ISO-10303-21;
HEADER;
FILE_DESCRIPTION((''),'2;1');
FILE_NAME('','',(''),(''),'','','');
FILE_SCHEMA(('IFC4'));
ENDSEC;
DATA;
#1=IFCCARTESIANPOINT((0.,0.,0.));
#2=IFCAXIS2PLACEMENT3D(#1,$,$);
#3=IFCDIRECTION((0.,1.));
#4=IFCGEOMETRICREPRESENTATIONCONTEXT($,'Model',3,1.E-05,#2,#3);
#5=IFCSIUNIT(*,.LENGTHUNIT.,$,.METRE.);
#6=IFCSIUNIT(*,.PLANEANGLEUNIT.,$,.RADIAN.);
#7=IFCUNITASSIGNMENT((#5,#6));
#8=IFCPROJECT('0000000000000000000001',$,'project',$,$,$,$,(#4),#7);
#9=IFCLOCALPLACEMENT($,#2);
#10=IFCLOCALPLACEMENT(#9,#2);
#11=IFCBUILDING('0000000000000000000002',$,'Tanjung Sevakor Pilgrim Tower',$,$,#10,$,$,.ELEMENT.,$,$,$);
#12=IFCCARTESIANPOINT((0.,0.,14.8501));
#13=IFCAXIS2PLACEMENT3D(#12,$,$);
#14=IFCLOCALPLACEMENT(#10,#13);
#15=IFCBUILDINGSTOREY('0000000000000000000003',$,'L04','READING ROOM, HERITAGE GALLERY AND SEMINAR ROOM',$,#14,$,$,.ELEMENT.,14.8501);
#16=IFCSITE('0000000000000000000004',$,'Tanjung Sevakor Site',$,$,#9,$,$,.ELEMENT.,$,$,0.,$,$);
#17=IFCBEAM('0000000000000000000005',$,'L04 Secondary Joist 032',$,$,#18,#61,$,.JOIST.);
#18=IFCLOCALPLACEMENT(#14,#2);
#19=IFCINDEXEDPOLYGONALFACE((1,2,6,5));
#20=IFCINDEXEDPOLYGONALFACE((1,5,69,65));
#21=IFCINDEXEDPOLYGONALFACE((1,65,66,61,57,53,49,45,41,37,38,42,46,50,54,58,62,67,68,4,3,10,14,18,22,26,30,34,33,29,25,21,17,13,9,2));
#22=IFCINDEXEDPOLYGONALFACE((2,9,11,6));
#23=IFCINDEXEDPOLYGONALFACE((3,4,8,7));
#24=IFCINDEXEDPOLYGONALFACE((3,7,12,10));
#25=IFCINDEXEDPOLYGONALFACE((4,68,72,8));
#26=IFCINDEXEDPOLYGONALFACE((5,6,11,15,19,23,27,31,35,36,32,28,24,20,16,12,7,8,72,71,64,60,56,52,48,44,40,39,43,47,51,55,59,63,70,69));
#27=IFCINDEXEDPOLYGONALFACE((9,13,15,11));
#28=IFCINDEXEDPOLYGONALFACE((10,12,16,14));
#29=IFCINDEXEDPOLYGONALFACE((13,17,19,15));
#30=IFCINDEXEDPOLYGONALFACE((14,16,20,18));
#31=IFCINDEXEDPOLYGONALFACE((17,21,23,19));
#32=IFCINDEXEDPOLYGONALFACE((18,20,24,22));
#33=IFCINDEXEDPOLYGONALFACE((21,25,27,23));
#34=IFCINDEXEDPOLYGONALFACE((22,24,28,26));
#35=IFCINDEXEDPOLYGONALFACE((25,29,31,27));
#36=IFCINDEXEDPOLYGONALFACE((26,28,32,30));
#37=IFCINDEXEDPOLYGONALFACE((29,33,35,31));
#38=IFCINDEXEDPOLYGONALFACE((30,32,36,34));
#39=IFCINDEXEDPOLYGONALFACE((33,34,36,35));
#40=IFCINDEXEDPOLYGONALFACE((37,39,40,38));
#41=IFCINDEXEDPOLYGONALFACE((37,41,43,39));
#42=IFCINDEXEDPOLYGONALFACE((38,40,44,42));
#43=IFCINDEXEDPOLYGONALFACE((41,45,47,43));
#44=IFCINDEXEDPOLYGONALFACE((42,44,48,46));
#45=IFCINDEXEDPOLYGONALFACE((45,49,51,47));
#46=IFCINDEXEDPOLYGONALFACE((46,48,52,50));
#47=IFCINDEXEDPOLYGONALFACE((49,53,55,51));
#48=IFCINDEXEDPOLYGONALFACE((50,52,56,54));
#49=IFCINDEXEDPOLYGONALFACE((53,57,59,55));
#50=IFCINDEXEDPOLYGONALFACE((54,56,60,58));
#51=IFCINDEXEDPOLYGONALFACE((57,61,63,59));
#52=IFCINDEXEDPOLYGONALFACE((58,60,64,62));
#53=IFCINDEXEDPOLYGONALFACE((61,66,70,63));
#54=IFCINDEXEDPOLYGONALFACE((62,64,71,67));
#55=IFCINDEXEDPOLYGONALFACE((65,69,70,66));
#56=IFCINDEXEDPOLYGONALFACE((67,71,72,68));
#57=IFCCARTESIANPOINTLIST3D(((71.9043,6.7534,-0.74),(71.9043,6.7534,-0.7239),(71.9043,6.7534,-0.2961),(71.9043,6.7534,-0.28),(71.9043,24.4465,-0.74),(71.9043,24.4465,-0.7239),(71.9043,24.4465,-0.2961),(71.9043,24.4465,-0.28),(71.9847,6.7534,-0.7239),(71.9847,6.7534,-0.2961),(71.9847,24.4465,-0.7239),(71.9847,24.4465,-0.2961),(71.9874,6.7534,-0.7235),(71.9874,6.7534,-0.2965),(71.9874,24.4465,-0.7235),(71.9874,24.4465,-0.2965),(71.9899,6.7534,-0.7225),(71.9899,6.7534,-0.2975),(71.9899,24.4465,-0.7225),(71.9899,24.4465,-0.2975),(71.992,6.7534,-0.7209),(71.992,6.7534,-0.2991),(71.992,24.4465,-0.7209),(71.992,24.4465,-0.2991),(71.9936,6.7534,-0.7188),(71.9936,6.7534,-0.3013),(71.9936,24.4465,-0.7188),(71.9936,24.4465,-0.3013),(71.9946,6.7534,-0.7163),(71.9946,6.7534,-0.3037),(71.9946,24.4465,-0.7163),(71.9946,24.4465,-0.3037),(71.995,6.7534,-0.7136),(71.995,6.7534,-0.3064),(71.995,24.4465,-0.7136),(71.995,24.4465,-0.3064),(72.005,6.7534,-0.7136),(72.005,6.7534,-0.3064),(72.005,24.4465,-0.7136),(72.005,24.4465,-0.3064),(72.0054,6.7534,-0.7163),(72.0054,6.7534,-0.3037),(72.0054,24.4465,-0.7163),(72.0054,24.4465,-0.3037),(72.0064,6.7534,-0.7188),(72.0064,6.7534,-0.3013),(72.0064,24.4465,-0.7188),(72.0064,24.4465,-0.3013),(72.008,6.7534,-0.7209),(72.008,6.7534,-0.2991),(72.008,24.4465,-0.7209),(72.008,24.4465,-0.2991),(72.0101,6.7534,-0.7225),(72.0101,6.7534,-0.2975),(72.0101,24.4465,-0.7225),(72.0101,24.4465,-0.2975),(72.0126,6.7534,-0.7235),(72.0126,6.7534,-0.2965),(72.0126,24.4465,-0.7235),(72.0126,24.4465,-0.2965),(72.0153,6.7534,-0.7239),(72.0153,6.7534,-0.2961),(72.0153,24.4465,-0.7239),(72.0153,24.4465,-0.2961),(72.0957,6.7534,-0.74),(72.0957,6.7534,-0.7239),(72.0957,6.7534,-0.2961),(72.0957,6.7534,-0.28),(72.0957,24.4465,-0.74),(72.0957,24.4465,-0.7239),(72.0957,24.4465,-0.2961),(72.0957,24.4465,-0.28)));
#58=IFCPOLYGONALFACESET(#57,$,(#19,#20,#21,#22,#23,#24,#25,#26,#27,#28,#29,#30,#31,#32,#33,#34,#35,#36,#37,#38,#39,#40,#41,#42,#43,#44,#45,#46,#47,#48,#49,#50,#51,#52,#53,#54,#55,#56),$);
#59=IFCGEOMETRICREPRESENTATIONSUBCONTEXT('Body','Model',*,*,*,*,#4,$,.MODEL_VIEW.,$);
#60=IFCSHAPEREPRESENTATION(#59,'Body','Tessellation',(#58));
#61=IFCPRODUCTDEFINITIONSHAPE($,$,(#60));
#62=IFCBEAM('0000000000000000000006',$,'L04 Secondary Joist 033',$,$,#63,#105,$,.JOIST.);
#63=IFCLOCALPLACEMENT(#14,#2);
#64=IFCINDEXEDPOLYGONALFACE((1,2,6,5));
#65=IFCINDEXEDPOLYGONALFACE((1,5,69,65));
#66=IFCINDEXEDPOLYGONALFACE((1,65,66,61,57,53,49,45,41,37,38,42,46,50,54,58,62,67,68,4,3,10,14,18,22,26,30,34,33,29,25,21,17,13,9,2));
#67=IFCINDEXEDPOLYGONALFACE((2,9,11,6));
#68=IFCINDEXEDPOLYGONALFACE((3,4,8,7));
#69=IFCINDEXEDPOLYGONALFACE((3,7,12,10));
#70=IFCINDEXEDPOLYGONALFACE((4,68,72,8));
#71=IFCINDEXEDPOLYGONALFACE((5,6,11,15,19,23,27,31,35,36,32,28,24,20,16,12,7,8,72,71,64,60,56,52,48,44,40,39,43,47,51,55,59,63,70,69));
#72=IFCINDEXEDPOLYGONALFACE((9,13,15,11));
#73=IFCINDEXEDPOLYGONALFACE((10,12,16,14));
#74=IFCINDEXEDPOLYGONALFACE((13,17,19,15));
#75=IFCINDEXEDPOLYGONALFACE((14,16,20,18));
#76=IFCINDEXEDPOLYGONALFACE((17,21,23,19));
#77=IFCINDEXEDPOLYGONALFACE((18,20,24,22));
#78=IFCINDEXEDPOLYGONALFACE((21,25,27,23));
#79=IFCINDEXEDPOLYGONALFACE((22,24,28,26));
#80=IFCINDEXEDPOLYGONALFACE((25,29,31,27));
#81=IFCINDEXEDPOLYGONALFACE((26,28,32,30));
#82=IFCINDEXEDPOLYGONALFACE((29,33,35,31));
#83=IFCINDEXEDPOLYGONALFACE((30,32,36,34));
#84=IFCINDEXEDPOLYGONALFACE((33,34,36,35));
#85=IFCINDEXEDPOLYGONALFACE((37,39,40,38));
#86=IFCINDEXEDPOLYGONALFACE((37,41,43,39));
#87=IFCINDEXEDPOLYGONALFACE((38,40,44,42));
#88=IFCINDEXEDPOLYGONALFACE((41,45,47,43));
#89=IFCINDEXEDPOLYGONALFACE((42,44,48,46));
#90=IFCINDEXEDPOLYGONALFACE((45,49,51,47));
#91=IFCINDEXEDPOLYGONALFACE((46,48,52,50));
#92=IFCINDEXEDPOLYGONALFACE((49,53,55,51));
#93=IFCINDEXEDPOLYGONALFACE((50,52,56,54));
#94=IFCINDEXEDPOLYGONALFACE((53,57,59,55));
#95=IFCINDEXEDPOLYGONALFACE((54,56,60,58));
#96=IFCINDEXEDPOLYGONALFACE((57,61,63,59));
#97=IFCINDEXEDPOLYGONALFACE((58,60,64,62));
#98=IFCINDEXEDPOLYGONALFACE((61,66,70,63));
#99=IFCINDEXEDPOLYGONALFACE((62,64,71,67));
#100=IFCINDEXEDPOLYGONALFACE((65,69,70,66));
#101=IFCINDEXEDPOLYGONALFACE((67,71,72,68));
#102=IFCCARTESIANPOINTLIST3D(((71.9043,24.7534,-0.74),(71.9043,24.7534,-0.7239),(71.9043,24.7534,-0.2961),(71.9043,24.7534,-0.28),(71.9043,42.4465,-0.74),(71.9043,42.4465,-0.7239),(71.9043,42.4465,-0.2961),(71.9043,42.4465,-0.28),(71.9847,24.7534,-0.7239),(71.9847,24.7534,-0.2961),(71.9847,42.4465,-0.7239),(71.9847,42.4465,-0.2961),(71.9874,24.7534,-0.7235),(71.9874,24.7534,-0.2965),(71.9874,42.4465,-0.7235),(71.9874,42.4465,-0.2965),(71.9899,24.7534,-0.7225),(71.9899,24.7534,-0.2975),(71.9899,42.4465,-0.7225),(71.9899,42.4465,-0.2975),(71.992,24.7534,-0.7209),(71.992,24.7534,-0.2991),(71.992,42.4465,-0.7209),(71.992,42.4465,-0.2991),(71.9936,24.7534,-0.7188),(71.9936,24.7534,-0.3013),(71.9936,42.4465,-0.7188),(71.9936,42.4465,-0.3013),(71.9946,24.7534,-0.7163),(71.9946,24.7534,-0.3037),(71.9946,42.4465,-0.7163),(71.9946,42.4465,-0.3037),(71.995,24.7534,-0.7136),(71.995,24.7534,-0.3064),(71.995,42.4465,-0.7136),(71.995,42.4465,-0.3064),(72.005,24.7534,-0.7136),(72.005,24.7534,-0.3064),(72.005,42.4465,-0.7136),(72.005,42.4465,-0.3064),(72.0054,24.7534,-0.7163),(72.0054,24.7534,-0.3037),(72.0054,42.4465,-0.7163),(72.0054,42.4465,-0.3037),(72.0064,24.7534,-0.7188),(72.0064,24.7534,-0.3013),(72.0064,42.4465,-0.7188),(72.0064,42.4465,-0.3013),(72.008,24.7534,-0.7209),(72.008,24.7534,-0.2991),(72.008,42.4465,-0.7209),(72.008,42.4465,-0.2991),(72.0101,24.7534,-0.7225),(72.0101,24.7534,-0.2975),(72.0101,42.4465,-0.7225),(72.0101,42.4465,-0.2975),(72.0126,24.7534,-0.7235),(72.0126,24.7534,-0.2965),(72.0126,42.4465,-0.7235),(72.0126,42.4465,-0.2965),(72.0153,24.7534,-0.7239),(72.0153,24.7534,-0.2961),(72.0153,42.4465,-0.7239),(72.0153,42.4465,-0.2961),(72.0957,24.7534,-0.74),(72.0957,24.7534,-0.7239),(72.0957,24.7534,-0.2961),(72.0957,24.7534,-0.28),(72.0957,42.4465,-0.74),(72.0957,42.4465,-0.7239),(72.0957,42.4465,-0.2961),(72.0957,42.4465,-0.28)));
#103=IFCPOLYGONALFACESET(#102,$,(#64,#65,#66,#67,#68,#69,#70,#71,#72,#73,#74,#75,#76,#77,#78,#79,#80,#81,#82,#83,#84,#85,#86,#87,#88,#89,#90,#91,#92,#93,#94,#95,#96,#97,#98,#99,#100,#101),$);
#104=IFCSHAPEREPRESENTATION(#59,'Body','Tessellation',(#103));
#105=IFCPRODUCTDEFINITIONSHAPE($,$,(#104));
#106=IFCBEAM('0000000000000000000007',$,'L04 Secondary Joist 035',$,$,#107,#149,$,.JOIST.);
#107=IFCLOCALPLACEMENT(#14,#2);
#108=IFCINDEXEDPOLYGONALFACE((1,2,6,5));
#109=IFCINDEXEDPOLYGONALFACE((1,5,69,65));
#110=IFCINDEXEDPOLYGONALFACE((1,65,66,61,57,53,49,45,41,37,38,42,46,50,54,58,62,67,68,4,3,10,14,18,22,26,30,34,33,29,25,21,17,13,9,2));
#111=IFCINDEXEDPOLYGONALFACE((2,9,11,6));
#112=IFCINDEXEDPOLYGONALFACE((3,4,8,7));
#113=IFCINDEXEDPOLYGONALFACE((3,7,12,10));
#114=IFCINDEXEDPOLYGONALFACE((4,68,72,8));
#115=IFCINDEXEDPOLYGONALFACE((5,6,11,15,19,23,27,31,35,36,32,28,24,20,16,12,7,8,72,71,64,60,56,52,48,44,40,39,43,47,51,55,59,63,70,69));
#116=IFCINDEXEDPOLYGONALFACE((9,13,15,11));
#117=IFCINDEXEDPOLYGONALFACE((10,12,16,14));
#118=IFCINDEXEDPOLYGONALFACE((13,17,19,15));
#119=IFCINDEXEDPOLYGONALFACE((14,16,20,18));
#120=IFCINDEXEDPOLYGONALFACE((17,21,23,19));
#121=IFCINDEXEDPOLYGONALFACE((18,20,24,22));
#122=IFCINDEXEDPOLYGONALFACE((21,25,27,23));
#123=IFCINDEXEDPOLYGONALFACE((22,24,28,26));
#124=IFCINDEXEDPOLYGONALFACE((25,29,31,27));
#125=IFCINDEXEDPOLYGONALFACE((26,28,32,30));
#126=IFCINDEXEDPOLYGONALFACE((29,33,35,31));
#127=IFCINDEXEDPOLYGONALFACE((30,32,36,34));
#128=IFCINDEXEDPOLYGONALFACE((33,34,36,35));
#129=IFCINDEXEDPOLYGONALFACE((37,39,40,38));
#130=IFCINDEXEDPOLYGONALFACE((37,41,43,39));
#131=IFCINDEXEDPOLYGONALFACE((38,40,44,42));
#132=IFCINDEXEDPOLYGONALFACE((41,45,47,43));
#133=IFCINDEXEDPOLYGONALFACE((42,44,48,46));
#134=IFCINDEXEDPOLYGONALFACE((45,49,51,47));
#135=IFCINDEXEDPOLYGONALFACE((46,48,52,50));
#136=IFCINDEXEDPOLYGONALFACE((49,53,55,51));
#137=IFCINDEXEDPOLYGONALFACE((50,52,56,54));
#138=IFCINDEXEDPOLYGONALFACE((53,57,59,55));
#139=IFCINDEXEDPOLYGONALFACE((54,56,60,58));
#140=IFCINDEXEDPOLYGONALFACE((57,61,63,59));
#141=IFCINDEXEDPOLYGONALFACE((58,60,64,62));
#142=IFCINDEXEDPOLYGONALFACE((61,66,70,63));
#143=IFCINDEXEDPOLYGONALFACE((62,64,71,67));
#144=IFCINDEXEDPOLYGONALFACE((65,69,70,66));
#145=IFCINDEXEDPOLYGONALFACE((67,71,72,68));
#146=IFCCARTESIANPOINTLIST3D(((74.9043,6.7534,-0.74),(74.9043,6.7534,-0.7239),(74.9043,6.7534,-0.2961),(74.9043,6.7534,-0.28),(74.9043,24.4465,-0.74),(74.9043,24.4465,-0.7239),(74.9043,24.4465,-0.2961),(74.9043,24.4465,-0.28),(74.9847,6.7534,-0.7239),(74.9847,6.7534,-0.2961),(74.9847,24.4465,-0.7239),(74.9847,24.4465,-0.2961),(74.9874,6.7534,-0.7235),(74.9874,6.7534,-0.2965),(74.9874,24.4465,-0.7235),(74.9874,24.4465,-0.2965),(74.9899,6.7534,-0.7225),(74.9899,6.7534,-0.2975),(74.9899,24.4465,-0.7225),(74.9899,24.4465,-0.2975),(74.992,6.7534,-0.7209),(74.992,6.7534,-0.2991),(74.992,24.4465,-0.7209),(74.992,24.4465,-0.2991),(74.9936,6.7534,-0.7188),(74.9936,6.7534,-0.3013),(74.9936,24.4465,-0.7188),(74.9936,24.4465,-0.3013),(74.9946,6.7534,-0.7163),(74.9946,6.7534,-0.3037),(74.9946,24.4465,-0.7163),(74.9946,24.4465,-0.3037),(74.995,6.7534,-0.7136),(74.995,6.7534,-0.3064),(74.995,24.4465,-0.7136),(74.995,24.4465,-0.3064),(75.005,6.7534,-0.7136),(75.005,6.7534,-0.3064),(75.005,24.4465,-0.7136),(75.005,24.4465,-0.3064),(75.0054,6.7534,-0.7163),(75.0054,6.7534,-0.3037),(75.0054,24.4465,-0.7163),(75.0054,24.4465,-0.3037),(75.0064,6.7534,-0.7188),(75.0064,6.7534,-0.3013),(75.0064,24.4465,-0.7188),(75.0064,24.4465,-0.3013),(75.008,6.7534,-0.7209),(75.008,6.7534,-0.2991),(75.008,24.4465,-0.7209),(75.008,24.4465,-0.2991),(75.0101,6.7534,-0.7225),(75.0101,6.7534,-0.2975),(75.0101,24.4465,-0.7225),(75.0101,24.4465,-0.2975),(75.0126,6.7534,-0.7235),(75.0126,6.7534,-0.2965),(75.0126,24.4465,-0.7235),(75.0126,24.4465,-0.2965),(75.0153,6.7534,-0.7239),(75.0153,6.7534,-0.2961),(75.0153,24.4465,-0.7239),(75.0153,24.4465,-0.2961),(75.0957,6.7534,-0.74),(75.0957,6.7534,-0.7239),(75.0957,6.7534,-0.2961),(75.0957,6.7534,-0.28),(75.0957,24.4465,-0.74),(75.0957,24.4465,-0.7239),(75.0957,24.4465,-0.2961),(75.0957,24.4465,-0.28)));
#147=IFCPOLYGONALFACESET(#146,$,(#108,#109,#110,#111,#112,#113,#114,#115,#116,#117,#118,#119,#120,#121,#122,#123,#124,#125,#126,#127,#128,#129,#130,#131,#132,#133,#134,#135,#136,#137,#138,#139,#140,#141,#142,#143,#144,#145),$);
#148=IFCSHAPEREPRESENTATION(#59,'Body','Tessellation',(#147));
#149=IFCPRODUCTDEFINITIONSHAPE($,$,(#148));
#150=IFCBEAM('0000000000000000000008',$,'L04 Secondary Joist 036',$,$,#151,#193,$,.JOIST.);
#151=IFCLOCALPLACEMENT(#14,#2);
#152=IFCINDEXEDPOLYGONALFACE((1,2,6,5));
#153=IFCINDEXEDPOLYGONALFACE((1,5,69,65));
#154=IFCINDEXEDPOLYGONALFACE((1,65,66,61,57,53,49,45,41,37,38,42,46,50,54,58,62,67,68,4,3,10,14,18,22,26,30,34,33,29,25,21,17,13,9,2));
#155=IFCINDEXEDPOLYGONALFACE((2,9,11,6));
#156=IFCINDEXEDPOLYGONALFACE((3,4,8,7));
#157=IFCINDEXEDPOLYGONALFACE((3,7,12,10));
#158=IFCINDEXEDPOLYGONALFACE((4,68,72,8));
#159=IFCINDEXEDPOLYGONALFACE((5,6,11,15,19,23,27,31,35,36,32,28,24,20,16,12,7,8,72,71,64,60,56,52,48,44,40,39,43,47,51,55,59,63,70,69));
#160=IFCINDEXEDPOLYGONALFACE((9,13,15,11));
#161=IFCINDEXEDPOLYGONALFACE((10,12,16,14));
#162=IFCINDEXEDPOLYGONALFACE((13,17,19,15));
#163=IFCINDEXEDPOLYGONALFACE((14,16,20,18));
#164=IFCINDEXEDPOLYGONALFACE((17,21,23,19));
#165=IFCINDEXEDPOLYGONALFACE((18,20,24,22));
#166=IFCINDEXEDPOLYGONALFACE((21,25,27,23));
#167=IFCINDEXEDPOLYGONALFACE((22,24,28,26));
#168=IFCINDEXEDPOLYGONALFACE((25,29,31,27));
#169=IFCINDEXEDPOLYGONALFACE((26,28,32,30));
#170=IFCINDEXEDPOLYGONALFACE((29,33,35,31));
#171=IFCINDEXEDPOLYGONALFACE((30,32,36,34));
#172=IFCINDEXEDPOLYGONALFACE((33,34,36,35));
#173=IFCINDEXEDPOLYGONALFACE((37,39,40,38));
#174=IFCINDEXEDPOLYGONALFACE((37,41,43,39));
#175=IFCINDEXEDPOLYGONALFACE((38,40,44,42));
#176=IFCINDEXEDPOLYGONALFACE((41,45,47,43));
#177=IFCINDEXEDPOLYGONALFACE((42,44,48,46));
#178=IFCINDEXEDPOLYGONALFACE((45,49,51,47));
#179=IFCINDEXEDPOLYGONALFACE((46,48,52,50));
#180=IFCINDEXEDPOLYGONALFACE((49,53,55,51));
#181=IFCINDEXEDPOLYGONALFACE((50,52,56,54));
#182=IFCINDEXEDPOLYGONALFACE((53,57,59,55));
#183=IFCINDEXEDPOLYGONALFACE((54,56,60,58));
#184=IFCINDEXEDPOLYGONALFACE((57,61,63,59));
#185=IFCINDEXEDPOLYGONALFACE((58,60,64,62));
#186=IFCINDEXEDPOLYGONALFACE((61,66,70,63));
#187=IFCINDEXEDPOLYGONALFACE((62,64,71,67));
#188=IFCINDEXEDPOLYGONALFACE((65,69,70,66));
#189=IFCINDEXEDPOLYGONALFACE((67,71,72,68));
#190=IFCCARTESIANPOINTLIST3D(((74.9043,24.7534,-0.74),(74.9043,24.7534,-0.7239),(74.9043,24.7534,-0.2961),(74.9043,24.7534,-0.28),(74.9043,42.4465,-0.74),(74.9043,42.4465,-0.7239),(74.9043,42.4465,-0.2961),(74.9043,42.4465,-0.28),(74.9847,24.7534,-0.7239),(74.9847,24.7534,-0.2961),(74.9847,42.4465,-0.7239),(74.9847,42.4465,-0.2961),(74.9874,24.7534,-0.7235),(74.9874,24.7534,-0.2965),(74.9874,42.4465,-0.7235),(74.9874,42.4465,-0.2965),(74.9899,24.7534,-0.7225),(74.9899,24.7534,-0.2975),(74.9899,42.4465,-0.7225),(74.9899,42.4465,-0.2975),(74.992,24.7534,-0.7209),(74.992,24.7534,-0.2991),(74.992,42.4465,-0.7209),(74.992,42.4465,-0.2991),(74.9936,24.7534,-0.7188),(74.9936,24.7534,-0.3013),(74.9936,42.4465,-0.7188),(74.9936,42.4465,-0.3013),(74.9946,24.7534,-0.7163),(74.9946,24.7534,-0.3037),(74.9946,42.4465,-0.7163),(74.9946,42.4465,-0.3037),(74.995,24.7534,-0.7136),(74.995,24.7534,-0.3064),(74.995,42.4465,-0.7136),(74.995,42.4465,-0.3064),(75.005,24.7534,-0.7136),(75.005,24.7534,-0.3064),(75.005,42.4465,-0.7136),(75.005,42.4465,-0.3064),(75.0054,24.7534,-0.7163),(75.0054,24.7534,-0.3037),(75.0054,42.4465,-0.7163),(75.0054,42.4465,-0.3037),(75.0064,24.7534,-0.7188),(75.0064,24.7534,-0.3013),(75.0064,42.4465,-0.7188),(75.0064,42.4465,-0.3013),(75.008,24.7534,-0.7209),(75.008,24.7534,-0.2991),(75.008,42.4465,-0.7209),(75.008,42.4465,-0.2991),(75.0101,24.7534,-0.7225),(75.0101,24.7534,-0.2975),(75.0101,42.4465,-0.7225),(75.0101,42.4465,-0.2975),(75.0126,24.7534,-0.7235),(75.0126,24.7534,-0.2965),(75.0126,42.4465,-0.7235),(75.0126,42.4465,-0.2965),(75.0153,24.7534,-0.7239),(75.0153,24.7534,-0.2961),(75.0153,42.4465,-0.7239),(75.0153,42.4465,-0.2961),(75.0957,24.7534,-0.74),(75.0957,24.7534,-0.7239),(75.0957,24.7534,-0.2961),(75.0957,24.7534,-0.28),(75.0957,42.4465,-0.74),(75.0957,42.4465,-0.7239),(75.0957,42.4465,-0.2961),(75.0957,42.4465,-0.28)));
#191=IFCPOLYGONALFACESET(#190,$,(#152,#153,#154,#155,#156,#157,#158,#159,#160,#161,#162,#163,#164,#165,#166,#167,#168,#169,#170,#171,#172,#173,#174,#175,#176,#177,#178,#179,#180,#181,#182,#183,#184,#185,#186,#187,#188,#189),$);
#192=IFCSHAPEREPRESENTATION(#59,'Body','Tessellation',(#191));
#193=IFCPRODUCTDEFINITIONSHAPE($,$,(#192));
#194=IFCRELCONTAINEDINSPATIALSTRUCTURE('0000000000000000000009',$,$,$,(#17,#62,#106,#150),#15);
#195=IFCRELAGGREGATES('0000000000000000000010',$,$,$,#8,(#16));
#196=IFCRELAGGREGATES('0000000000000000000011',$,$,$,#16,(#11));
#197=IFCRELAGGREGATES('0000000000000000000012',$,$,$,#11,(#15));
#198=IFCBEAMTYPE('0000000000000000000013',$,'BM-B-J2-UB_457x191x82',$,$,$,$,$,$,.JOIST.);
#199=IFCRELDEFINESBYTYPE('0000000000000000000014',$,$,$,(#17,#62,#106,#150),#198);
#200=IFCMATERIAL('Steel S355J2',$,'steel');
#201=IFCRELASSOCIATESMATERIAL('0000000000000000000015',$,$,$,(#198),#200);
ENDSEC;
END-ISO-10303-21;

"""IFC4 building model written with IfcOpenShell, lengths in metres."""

from ifc_helpers import new_model, si_unit, direction, frame, origin, origin_2d, place, context, subcontext, project, spatial, i_section, extrude, material, material_profile, profile_set, type_object, element, save


model = new_model("IFC4")

# Units and contexts
model_context = context("Model", 3, precision=1e-05, world=origin(), true_north=direction((0.0, 1.0)))
body_context = subcontext(model_context, "Body", "Model", "MODEL_VIEW")
ifc_project = project(units=[si_unit("LENGTHUNIT", "METRE"), si_unit("PLANEANGLEUNIT", "RADIAN")], contexts=[model_context])

# Site, building, storey
site_placement = place(None, origin())
site = spatial("IfcSite", under=ifc_project, at=site_placement, Name="Tanjung Sevakor Site", CompositionType="ELEMENT", RefElevation=0.0)
building_placement = place(site_placement, origin())
building = spatial("IfcBuilding", under=site, at=building_placement, Name="Tanjung Sevakor Pilgrim Tower", CompositionType="ELEMENT")
storey_placement = place(building_placement, frame((0.0, 0.0, 14.8501)))
storey = spatial("IfcBuildingStorey", under=building, at=storey_placement, Name="L04", Description="READING ROOM, HERITAGE GALLERY AND SEMINAR ROOM", CompositionType="ELEMENT", Elevation=14.8501)

# Beams
ifc_material_1 = material(Name="Steel S355J2", Category="steel")
ifc_material_profile_1 = material_profile(ifc_material_1, i_section(OverallWidth=0.1914, OverallDepth=0.46, WebThickness=0.01, FlangeThickness=0.0161, FilletRadius=0.0103, at=origin_2d()))
ifc_profile_set_1 = profile_set([ifc_material_profile_1], Name="Steel S355J2")
beam_type_1 = type_object("IfcBeamType", Name="BM-B-J2-UB_457x191x82", PredefinedType="JOIST", material=ifc_profile_set_1)
for number, where, z_axis, x_axis, name in (
    (1, (72.0, 6.7534, -0.51), (0.0, 1.0, 0.0), (-1.0, 0.0, 0.0), "L04 Secondary Joist 032"),
    (2, (72.0, 24.7534, -0.51), (0.0, 1.0, 0.0), (-1.0, 0.0, 0.0), "L04 Secondary Joist 033"),
    (3, (75.0, 6.7534, -0.51), (0.0, 1.0, 0.0), (-1.0, 0.0, 0.0), "L04 Secondary Joist 035"),
    (4, (75.0, 24.7534, -0.51), (0.0, 1.0, 0.0), (-1.0, 0.0, 0.0), "L04 Secondary Joist 036"),
):
    element("IfcBeam", number, at=place(storey_placement, frame(where, z_axis=z_axis, x_axis=x_axis)), inside=storey, type_object=beam_type_1, Name=name, PredefinedType="JOIST", context=body_context, shape_type="SweptSolid", body=[
        extrude(i_section(OverallWidth=0.1914, OverallDepth=0.46, WebThickness=0.01, FlangeThickness=0.0161, FilletRadius=0.0103, at=origin_2d()), origin(), (0.0, 0.0, 1.0), 17.6931),
    ])

save(model, "model.ifc")
